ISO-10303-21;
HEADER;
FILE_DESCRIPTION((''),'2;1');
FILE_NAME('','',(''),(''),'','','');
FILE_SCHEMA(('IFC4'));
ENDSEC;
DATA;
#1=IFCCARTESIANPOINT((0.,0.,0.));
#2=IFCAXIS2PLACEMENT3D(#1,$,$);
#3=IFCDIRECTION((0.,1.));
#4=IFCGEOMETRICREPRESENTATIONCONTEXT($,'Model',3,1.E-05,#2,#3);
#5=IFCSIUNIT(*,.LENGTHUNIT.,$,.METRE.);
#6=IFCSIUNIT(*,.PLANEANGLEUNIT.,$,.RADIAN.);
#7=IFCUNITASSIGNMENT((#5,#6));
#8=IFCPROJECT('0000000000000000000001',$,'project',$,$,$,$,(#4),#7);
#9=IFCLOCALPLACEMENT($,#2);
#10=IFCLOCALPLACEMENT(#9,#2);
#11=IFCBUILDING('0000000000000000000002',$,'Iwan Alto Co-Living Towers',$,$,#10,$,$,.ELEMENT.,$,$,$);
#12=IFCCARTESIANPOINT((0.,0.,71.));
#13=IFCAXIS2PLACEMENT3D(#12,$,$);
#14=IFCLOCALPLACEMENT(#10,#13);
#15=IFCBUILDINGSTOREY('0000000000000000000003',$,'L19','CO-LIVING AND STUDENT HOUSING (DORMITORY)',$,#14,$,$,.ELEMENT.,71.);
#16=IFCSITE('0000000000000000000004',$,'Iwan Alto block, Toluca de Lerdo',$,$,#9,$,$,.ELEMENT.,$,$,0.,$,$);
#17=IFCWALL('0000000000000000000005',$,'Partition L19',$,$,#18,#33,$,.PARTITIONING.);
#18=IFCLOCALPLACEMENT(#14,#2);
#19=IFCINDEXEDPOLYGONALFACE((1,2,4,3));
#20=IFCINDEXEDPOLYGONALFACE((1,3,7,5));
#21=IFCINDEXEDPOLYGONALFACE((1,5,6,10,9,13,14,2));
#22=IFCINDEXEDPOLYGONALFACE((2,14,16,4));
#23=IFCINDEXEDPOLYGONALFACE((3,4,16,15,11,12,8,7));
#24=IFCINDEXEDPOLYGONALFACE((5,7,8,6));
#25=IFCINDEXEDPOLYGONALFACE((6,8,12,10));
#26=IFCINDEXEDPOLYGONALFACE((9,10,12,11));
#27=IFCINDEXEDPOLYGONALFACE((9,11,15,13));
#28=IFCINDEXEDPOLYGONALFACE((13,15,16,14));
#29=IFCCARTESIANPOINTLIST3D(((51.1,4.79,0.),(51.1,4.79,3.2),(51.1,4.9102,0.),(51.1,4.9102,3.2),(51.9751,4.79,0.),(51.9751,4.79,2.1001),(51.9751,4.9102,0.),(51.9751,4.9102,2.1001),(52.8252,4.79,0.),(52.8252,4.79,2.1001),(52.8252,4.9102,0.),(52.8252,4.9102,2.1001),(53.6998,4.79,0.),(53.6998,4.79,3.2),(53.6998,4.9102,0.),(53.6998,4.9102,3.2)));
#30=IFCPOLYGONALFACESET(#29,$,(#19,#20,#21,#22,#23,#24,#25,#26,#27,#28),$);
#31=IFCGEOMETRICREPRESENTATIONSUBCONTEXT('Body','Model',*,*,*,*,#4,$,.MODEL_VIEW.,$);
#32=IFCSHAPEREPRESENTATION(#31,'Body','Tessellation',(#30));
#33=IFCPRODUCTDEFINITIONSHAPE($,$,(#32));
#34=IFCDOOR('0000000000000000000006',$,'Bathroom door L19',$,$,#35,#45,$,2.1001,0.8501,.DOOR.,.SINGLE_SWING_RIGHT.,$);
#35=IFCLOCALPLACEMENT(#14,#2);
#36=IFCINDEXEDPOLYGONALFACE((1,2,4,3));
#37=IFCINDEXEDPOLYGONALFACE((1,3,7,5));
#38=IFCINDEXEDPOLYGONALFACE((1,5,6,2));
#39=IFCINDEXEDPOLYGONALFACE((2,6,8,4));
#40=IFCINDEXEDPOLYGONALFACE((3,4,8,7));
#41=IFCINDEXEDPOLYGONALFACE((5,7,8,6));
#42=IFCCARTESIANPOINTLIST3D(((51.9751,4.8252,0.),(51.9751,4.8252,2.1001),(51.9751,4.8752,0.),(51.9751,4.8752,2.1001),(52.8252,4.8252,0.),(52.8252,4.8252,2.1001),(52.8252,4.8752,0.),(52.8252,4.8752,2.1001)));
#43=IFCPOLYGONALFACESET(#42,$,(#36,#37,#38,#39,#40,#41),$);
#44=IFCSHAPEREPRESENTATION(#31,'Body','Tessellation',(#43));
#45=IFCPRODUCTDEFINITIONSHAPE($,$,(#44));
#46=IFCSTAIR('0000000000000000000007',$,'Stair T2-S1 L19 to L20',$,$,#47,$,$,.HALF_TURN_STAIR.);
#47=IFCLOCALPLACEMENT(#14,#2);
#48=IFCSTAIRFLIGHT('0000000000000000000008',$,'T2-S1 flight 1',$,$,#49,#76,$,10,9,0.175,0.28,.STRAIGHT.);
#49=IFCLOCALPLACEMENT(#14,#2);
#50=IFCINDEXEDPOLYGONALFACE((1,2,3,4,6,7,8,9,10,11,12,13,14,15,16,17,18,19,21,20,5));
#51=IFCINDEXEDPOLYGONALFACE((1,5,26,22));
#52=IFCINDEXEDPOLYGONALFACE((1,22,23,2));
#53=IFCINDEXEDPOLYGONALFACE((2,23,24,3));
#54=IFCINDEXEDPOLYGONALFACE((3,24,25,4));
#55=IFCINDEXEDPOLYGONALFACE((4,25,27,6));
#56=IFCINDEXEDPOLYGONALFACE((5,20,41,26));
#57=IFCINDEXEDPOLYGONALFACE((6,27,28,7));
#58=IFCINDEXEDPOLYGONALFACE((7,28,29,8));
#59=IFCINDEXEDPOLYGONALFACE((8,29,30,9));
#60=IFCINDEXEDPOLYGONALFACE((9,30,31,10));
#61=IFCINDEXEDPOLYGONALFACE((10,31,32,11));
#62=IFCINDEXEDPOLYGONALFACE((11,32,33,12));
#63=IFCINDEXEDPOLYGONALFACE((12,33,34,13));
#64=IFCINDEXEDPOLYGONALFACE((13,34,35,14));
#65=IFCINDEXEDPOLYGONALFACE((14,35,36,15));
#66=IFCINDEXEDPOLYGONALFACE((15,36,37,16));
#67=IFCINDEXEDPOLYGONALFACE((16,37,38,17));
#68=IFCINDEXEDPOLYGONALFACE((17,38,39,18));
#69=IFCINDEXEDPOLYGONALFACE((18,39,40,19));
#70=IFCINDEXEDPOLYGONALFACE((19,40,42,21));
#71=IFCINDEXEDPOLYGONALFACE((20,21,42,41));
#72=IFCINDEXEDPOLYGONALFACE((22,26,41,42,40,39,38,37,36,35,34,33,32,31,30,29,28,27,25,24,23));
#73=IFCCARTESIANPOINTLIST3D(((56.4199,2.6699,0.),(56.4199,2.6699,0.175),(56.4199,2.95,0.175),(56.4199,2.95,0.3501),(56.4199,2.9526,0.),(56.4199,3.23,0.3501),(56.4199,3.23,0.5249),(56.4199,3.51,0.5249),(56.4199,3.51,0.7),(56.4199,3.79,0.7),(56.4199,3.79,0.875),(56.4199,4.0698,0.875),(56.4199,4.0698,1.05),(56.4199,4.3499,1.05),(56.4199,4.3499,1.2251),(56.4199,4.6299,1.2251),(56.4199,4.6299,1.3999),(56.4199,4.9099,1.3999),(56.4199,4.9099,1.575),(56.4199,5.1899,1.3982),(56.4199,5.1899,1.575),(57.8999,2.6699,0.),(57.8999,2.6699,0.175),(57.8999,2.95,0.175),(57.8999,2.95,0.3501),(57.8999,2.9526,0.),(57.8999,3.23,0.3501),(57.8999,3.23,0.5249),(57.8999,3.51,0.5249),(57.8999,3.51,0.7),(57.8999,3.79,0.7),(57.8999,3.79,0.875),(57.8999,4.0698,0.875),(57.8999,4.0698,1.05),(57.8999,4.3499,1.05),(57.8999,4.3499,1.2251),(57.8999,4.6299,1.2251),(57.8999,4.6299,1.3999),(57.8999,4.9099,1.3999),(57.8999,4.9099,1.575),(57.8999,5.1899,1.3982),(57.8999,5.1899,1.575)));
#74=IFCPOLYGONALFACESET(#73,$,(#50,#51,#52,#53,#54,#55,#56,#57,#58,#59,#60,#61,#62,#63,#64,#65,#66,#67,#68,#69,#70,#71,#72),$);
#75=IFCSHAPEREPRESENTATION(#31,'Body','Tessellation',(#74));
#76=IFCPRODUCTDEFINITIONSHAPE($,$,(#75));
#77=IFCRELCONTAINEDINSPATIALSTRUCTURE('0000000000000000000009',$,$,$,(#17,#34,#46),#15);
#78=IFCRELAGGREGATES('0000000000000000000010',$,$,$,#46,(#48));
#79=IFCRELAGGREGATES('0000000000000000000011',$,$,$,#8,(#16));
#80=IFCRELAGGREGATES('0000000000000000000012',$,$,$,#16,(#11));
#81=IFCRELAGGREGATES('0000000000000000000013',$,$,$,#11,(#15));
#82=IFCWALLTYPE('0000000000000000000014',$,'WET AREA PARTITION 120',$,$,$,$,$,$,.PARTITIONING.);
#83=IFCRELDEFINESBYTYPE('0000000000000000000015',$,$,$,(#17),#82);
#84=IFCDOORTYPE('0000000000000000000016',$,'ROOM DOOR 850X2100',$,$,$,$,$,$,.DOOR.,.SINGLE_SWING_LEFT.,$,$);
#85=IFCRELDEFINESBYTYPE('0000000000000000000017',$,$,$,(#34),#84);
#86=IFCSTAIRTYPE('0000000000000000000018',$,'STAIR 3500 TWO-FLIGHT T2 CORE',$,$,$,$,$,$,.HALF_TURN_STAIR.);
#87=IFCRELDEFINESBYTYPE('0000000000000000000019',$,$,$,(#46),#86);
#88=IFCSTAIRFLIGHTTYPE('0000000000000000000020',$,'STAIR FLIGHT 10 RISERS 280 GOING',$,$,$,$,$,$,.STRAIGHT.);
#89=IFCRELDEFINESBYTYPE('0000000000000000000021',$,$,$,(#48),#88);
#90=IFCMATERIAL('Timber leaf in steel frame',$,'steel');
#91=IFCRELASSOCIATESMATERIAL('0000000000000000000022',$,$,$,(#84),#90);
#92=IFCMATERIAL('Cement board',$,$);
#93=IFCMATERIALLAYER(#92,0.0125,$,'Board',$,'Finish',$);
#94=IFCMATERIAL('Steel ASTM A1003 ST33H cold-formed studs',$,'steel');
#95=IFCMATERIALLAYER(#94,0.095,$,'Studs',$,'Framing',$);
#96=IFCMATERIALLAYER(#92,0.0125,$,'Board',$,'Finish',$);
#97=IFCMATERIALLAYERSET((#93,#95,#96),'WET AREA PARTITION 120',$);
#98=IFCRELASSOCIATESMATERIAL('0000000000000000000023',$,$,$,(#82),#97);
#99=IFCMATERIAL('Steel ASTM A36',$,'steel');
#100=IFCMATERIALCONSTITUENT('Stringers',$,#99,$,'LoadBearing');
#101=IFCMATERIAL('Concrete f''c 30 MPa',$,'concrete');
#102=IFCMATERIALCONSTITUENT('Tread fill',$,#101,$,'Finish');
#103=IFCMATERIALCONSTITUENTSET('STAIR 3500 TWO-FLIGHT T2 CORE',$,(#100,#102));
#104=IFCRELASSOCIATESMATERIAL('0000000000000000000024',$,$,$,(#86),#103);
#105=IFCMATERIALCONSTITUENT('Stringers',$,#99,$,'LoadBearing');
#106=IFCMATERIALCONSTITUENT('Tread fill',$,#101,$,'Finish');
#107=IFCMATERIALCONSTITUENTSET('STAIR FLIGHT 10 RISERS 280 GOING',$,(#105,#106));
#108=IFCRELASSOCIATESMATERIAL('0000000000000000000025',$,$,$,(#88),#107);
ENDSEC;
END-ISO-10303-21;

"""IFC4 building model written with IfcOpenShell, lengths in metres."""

from ifc_helpers import new_model, si_unit, direction, frame, frame_2d, origin, place, context, subcontext, project, spatial, polyline, rectangle, outline, extrude, material, layer, layer_set, constituent, constituent_set, type_object, element, fill, aggregate, save


model = new_model("IFC4")

# Units and contexts
model_context = context("Model", 3, precision=1e-05, world=origin(), true_north=direction((0.0, 1.0)))
body_context = subcontext(model_context, "Body", "Model", "MODEL_VIEW")
ifc_project = project(units=[si_unit("LENGTHUNIT", "METRE"), si_unit("PLANEANGLEUNIT", "RADIAN")], contexts=[model_context])

# Site, building, storey
site_placement = place(None, origin())
site = spatial("IfcSite", under=ifc_project, at=site_placement, Name="Iwan Alto block, Toluca de Lerdo", CompositionType="ELEMENT", RefElevation=0.0)
building_placement = place(site_placement, origin())
building = spatial("IfcBuilding", under=site, at=building_placement, Name="Iwan Alto Co-Living Towers", CompositionType="ELEMENT")
storey_placement = place(building_placement, frame((0.0, 0.0, 71.0)))
storey = spatial("IfcBuildingStorey", under=building, at=storey_placement, Name="L19", Description="CO-LIVING AND STUDENT HOUSING (DORMITORY)", CompositionType="ELEMENT", Elevation=71.0)

# Shared definitions
ifc_material_1 = material(Name="Steel ASTM A1003 ST33H cold-formed studs", Category="steel")

# Shared definitions
ifc_material_2 = material(Name="Timber leaf in steel frame", Category="steel")
door_type_1 = type_object("IfcDoorType", Name="ROOM DOOR 850X2100", OperationType="SINGLE_SWING_LEFT", PredefinedType="DOOR", material=ifc_material_2)

# Wall, opening, door
ifc_material_3 = material(Name="Cement board")
ifc_layer_1 = layer(ifc_material_3, 0.0125, Name="Board", Category="Finish")
ifc_layer_2 = layer(ifc_material_1, 0.095, Name="Studs", Category="Framing")
ifc_layer_3 = layer(ifc_material_3, 0.0125, Name="Board", Category="Finish")
ifc_layer_set_1 = layer_set([ifc_layer_1, ifc_layer_2, ifc_layer_3], Name="WET AREA PARTITION 120")
wall_type_1 = type_object("IfcWallType", Name="WET AREA PARTITION 120", PredefinedType="PARTITIONING", material=ifc_layer_set_1)
wall_1_placement = place(storey_placement, frame((51.1001, 4.8501, 0.0), z_axis=(0.0, 0.0, 1.0), x_axis=(1.0, 0.0, 0.0)))
wall_1 = element("IfcWall", 1, at=wall_1_placement, inside=storey, type_object=wall_type_1, Name="Partition L19", PredefinedType="PARTITIONING", context=body_context, shape_type="SweptSolid", body=[
    extrude(rectangle(XDim=2.5999, YDim=0.1201, at=frame_2d((1.2998, 0.0))), origin(), (0.0, 0.0, 1.0), 3.2),
])
opening_1_placement = place(wall_1_placement, frame((0.875, 0.0, 0.0)))
opening_1 = element("IfcOpeningElement", 2, at=opening_1_placement, cuts=wall_1, PredefinedType="OPENING", context=body_context, shape_type="SweptSolid", body=[
    extrude(rectangle(XDim=0.8501, YDim=2.1001, at=frame_2d((0.425, 1.05))), frame((0.0, 0.0701, 0.0), z_axis=(0.0, -1.0, 0.0), x_axis=(1.0, 0.0, 0.0)), (0.0, 0.0, 1.0), 0.1401),
])
door_1_placement = place(opening_1_placement, frame((0.8501, 0.0, 0.0), z_axis=(0.0, 0.0, 1.0), x_axis=(-1.0, 0.0, 0.0)))
door_1 = element("IfcDoor", 3, at=door_1_placement, inside=storey, type_object=door_type_1, Name="Bathroom door L19", OperationType="SINGLE_SWING_RIGHT", OverallHeight=2.1001, OverallWidth=0.8501, PredefinedType="DOOR", context=body_context, shape_type="SweptSolid", body=[
    extrude(rectangle(XDim=0.8501, YDim=2.1001, at=frame_2d((0.425, 1.05))), frame((0.0, 0.0249, 0.0), z_axis=(0.0, -1.0, 0.0), x_axis=(1.0, 0.0, 0.0)), (0.0, 0.0, 1.0), 0.05),
])
fill(opening_1, door_1)

# Stair, stair flight
ifc_material_4 = material(Name="Steel ASTM A36", Category="steel")
ifc_constituent_1 = constituent(ifc_material_4, Name="Stringers", Category="LoadBearing")
ifc_material_5 = material(Name="Concrete f'c 30 MPa", Category="concrete")
ifc_constituent_2 = constituent(ifc_material_5, Name="Tread fill", Category="Finish")
ifc_constituent_set_1 = constituent_set(constituents=[ifc_constituent_1, ifc_constituent_2], Name="STAIR 3500 TWO-FLIGHT T2 CORE")
stair_type = type_object("IfcStairType", Name="STAIR 3500 TWO-FLIGHT T2 CORE", PredefinedType="HALF_TURN_STAIR", material=ifc_constituent_set_1)
stair_placement = place(storey_placement, origin())
stair = element("IfcStair", 4, at=stair_placement, inside=storey, type_object=stair_type, Name="Stair T2-S1 L19 to L20", PredefinedType="HALF_TURN_STAIR")
ifc_constituent_3 = constituent(ifc_material_4, Name="Stringers", Category="LoadBearing")
ifc_constituent_4 = constituent(ifc_material_5, Name="Tread fill", Category="Finish")
ifc_constituent_set_2 = constituent_set(constituents=[ifc_constituent_3, ifc_constituent_4], Name="STAIR FLIGHT 10 RISERS 280 GOING")
stair_flight_type = type_object("IfcStairFlightType", Name="STAIR FLIGHT 10 RISERS 280 GOING", PredefinedType="STRAIGHT", material=ifc_constituent_set_2)
stair_flight_placement = place(storey_placement, frame((57.1599, 2.6699, 0.0), z_axis=(0.0, 0.0, 1.0), x_axis=(0.0, 1.0, 0.0)))
stair_flight = element("IfcStairFlight", 5, at=stair_flight_placement, type_object=stair_flight_type, Name="T2-S1 flight 1", NumberOfRisers=10, NumberOfTreads=9, PredefinedType="STRAIGHT", RiserHeight=0.175, TreadLength=0.28, context=body_context, shape_type="SweptSolid", body=[
    extrude(outline(polyline([(0.0, 0.0), (0.0, 0.175), (0.28, 0.175), (0.28, 0.3501), (0.5601, 0.3501), (0.5601, 0.5249), (0.8401, 0.5249), (0.8401, 0.7), (1.1201, 0.7), (1.1201, 0.875), (1.3999, 0.875), (1.3999, 1.05), (1.6799, 1.05), (1.6799, 1.2251), (1.96, 1.2251), (1.96, 1.3999), (2.24, 1.3999), (2.24, 1.575), (2.52, 1.575), (2.52, 1.75), (2.52, 1.3982), (0.2827, 0.0), (0.0, 0.0)])), frame((0.0, 0.74, 0.0), z_axis=(0.0, -1.0, 0.0), x_axis=(1.0, 0.0, 0.0)), (0.0, 0.0, 1.0), 1.48),
])
aggregate(stair, [stair_flight])

save(model, "model.ifc")
